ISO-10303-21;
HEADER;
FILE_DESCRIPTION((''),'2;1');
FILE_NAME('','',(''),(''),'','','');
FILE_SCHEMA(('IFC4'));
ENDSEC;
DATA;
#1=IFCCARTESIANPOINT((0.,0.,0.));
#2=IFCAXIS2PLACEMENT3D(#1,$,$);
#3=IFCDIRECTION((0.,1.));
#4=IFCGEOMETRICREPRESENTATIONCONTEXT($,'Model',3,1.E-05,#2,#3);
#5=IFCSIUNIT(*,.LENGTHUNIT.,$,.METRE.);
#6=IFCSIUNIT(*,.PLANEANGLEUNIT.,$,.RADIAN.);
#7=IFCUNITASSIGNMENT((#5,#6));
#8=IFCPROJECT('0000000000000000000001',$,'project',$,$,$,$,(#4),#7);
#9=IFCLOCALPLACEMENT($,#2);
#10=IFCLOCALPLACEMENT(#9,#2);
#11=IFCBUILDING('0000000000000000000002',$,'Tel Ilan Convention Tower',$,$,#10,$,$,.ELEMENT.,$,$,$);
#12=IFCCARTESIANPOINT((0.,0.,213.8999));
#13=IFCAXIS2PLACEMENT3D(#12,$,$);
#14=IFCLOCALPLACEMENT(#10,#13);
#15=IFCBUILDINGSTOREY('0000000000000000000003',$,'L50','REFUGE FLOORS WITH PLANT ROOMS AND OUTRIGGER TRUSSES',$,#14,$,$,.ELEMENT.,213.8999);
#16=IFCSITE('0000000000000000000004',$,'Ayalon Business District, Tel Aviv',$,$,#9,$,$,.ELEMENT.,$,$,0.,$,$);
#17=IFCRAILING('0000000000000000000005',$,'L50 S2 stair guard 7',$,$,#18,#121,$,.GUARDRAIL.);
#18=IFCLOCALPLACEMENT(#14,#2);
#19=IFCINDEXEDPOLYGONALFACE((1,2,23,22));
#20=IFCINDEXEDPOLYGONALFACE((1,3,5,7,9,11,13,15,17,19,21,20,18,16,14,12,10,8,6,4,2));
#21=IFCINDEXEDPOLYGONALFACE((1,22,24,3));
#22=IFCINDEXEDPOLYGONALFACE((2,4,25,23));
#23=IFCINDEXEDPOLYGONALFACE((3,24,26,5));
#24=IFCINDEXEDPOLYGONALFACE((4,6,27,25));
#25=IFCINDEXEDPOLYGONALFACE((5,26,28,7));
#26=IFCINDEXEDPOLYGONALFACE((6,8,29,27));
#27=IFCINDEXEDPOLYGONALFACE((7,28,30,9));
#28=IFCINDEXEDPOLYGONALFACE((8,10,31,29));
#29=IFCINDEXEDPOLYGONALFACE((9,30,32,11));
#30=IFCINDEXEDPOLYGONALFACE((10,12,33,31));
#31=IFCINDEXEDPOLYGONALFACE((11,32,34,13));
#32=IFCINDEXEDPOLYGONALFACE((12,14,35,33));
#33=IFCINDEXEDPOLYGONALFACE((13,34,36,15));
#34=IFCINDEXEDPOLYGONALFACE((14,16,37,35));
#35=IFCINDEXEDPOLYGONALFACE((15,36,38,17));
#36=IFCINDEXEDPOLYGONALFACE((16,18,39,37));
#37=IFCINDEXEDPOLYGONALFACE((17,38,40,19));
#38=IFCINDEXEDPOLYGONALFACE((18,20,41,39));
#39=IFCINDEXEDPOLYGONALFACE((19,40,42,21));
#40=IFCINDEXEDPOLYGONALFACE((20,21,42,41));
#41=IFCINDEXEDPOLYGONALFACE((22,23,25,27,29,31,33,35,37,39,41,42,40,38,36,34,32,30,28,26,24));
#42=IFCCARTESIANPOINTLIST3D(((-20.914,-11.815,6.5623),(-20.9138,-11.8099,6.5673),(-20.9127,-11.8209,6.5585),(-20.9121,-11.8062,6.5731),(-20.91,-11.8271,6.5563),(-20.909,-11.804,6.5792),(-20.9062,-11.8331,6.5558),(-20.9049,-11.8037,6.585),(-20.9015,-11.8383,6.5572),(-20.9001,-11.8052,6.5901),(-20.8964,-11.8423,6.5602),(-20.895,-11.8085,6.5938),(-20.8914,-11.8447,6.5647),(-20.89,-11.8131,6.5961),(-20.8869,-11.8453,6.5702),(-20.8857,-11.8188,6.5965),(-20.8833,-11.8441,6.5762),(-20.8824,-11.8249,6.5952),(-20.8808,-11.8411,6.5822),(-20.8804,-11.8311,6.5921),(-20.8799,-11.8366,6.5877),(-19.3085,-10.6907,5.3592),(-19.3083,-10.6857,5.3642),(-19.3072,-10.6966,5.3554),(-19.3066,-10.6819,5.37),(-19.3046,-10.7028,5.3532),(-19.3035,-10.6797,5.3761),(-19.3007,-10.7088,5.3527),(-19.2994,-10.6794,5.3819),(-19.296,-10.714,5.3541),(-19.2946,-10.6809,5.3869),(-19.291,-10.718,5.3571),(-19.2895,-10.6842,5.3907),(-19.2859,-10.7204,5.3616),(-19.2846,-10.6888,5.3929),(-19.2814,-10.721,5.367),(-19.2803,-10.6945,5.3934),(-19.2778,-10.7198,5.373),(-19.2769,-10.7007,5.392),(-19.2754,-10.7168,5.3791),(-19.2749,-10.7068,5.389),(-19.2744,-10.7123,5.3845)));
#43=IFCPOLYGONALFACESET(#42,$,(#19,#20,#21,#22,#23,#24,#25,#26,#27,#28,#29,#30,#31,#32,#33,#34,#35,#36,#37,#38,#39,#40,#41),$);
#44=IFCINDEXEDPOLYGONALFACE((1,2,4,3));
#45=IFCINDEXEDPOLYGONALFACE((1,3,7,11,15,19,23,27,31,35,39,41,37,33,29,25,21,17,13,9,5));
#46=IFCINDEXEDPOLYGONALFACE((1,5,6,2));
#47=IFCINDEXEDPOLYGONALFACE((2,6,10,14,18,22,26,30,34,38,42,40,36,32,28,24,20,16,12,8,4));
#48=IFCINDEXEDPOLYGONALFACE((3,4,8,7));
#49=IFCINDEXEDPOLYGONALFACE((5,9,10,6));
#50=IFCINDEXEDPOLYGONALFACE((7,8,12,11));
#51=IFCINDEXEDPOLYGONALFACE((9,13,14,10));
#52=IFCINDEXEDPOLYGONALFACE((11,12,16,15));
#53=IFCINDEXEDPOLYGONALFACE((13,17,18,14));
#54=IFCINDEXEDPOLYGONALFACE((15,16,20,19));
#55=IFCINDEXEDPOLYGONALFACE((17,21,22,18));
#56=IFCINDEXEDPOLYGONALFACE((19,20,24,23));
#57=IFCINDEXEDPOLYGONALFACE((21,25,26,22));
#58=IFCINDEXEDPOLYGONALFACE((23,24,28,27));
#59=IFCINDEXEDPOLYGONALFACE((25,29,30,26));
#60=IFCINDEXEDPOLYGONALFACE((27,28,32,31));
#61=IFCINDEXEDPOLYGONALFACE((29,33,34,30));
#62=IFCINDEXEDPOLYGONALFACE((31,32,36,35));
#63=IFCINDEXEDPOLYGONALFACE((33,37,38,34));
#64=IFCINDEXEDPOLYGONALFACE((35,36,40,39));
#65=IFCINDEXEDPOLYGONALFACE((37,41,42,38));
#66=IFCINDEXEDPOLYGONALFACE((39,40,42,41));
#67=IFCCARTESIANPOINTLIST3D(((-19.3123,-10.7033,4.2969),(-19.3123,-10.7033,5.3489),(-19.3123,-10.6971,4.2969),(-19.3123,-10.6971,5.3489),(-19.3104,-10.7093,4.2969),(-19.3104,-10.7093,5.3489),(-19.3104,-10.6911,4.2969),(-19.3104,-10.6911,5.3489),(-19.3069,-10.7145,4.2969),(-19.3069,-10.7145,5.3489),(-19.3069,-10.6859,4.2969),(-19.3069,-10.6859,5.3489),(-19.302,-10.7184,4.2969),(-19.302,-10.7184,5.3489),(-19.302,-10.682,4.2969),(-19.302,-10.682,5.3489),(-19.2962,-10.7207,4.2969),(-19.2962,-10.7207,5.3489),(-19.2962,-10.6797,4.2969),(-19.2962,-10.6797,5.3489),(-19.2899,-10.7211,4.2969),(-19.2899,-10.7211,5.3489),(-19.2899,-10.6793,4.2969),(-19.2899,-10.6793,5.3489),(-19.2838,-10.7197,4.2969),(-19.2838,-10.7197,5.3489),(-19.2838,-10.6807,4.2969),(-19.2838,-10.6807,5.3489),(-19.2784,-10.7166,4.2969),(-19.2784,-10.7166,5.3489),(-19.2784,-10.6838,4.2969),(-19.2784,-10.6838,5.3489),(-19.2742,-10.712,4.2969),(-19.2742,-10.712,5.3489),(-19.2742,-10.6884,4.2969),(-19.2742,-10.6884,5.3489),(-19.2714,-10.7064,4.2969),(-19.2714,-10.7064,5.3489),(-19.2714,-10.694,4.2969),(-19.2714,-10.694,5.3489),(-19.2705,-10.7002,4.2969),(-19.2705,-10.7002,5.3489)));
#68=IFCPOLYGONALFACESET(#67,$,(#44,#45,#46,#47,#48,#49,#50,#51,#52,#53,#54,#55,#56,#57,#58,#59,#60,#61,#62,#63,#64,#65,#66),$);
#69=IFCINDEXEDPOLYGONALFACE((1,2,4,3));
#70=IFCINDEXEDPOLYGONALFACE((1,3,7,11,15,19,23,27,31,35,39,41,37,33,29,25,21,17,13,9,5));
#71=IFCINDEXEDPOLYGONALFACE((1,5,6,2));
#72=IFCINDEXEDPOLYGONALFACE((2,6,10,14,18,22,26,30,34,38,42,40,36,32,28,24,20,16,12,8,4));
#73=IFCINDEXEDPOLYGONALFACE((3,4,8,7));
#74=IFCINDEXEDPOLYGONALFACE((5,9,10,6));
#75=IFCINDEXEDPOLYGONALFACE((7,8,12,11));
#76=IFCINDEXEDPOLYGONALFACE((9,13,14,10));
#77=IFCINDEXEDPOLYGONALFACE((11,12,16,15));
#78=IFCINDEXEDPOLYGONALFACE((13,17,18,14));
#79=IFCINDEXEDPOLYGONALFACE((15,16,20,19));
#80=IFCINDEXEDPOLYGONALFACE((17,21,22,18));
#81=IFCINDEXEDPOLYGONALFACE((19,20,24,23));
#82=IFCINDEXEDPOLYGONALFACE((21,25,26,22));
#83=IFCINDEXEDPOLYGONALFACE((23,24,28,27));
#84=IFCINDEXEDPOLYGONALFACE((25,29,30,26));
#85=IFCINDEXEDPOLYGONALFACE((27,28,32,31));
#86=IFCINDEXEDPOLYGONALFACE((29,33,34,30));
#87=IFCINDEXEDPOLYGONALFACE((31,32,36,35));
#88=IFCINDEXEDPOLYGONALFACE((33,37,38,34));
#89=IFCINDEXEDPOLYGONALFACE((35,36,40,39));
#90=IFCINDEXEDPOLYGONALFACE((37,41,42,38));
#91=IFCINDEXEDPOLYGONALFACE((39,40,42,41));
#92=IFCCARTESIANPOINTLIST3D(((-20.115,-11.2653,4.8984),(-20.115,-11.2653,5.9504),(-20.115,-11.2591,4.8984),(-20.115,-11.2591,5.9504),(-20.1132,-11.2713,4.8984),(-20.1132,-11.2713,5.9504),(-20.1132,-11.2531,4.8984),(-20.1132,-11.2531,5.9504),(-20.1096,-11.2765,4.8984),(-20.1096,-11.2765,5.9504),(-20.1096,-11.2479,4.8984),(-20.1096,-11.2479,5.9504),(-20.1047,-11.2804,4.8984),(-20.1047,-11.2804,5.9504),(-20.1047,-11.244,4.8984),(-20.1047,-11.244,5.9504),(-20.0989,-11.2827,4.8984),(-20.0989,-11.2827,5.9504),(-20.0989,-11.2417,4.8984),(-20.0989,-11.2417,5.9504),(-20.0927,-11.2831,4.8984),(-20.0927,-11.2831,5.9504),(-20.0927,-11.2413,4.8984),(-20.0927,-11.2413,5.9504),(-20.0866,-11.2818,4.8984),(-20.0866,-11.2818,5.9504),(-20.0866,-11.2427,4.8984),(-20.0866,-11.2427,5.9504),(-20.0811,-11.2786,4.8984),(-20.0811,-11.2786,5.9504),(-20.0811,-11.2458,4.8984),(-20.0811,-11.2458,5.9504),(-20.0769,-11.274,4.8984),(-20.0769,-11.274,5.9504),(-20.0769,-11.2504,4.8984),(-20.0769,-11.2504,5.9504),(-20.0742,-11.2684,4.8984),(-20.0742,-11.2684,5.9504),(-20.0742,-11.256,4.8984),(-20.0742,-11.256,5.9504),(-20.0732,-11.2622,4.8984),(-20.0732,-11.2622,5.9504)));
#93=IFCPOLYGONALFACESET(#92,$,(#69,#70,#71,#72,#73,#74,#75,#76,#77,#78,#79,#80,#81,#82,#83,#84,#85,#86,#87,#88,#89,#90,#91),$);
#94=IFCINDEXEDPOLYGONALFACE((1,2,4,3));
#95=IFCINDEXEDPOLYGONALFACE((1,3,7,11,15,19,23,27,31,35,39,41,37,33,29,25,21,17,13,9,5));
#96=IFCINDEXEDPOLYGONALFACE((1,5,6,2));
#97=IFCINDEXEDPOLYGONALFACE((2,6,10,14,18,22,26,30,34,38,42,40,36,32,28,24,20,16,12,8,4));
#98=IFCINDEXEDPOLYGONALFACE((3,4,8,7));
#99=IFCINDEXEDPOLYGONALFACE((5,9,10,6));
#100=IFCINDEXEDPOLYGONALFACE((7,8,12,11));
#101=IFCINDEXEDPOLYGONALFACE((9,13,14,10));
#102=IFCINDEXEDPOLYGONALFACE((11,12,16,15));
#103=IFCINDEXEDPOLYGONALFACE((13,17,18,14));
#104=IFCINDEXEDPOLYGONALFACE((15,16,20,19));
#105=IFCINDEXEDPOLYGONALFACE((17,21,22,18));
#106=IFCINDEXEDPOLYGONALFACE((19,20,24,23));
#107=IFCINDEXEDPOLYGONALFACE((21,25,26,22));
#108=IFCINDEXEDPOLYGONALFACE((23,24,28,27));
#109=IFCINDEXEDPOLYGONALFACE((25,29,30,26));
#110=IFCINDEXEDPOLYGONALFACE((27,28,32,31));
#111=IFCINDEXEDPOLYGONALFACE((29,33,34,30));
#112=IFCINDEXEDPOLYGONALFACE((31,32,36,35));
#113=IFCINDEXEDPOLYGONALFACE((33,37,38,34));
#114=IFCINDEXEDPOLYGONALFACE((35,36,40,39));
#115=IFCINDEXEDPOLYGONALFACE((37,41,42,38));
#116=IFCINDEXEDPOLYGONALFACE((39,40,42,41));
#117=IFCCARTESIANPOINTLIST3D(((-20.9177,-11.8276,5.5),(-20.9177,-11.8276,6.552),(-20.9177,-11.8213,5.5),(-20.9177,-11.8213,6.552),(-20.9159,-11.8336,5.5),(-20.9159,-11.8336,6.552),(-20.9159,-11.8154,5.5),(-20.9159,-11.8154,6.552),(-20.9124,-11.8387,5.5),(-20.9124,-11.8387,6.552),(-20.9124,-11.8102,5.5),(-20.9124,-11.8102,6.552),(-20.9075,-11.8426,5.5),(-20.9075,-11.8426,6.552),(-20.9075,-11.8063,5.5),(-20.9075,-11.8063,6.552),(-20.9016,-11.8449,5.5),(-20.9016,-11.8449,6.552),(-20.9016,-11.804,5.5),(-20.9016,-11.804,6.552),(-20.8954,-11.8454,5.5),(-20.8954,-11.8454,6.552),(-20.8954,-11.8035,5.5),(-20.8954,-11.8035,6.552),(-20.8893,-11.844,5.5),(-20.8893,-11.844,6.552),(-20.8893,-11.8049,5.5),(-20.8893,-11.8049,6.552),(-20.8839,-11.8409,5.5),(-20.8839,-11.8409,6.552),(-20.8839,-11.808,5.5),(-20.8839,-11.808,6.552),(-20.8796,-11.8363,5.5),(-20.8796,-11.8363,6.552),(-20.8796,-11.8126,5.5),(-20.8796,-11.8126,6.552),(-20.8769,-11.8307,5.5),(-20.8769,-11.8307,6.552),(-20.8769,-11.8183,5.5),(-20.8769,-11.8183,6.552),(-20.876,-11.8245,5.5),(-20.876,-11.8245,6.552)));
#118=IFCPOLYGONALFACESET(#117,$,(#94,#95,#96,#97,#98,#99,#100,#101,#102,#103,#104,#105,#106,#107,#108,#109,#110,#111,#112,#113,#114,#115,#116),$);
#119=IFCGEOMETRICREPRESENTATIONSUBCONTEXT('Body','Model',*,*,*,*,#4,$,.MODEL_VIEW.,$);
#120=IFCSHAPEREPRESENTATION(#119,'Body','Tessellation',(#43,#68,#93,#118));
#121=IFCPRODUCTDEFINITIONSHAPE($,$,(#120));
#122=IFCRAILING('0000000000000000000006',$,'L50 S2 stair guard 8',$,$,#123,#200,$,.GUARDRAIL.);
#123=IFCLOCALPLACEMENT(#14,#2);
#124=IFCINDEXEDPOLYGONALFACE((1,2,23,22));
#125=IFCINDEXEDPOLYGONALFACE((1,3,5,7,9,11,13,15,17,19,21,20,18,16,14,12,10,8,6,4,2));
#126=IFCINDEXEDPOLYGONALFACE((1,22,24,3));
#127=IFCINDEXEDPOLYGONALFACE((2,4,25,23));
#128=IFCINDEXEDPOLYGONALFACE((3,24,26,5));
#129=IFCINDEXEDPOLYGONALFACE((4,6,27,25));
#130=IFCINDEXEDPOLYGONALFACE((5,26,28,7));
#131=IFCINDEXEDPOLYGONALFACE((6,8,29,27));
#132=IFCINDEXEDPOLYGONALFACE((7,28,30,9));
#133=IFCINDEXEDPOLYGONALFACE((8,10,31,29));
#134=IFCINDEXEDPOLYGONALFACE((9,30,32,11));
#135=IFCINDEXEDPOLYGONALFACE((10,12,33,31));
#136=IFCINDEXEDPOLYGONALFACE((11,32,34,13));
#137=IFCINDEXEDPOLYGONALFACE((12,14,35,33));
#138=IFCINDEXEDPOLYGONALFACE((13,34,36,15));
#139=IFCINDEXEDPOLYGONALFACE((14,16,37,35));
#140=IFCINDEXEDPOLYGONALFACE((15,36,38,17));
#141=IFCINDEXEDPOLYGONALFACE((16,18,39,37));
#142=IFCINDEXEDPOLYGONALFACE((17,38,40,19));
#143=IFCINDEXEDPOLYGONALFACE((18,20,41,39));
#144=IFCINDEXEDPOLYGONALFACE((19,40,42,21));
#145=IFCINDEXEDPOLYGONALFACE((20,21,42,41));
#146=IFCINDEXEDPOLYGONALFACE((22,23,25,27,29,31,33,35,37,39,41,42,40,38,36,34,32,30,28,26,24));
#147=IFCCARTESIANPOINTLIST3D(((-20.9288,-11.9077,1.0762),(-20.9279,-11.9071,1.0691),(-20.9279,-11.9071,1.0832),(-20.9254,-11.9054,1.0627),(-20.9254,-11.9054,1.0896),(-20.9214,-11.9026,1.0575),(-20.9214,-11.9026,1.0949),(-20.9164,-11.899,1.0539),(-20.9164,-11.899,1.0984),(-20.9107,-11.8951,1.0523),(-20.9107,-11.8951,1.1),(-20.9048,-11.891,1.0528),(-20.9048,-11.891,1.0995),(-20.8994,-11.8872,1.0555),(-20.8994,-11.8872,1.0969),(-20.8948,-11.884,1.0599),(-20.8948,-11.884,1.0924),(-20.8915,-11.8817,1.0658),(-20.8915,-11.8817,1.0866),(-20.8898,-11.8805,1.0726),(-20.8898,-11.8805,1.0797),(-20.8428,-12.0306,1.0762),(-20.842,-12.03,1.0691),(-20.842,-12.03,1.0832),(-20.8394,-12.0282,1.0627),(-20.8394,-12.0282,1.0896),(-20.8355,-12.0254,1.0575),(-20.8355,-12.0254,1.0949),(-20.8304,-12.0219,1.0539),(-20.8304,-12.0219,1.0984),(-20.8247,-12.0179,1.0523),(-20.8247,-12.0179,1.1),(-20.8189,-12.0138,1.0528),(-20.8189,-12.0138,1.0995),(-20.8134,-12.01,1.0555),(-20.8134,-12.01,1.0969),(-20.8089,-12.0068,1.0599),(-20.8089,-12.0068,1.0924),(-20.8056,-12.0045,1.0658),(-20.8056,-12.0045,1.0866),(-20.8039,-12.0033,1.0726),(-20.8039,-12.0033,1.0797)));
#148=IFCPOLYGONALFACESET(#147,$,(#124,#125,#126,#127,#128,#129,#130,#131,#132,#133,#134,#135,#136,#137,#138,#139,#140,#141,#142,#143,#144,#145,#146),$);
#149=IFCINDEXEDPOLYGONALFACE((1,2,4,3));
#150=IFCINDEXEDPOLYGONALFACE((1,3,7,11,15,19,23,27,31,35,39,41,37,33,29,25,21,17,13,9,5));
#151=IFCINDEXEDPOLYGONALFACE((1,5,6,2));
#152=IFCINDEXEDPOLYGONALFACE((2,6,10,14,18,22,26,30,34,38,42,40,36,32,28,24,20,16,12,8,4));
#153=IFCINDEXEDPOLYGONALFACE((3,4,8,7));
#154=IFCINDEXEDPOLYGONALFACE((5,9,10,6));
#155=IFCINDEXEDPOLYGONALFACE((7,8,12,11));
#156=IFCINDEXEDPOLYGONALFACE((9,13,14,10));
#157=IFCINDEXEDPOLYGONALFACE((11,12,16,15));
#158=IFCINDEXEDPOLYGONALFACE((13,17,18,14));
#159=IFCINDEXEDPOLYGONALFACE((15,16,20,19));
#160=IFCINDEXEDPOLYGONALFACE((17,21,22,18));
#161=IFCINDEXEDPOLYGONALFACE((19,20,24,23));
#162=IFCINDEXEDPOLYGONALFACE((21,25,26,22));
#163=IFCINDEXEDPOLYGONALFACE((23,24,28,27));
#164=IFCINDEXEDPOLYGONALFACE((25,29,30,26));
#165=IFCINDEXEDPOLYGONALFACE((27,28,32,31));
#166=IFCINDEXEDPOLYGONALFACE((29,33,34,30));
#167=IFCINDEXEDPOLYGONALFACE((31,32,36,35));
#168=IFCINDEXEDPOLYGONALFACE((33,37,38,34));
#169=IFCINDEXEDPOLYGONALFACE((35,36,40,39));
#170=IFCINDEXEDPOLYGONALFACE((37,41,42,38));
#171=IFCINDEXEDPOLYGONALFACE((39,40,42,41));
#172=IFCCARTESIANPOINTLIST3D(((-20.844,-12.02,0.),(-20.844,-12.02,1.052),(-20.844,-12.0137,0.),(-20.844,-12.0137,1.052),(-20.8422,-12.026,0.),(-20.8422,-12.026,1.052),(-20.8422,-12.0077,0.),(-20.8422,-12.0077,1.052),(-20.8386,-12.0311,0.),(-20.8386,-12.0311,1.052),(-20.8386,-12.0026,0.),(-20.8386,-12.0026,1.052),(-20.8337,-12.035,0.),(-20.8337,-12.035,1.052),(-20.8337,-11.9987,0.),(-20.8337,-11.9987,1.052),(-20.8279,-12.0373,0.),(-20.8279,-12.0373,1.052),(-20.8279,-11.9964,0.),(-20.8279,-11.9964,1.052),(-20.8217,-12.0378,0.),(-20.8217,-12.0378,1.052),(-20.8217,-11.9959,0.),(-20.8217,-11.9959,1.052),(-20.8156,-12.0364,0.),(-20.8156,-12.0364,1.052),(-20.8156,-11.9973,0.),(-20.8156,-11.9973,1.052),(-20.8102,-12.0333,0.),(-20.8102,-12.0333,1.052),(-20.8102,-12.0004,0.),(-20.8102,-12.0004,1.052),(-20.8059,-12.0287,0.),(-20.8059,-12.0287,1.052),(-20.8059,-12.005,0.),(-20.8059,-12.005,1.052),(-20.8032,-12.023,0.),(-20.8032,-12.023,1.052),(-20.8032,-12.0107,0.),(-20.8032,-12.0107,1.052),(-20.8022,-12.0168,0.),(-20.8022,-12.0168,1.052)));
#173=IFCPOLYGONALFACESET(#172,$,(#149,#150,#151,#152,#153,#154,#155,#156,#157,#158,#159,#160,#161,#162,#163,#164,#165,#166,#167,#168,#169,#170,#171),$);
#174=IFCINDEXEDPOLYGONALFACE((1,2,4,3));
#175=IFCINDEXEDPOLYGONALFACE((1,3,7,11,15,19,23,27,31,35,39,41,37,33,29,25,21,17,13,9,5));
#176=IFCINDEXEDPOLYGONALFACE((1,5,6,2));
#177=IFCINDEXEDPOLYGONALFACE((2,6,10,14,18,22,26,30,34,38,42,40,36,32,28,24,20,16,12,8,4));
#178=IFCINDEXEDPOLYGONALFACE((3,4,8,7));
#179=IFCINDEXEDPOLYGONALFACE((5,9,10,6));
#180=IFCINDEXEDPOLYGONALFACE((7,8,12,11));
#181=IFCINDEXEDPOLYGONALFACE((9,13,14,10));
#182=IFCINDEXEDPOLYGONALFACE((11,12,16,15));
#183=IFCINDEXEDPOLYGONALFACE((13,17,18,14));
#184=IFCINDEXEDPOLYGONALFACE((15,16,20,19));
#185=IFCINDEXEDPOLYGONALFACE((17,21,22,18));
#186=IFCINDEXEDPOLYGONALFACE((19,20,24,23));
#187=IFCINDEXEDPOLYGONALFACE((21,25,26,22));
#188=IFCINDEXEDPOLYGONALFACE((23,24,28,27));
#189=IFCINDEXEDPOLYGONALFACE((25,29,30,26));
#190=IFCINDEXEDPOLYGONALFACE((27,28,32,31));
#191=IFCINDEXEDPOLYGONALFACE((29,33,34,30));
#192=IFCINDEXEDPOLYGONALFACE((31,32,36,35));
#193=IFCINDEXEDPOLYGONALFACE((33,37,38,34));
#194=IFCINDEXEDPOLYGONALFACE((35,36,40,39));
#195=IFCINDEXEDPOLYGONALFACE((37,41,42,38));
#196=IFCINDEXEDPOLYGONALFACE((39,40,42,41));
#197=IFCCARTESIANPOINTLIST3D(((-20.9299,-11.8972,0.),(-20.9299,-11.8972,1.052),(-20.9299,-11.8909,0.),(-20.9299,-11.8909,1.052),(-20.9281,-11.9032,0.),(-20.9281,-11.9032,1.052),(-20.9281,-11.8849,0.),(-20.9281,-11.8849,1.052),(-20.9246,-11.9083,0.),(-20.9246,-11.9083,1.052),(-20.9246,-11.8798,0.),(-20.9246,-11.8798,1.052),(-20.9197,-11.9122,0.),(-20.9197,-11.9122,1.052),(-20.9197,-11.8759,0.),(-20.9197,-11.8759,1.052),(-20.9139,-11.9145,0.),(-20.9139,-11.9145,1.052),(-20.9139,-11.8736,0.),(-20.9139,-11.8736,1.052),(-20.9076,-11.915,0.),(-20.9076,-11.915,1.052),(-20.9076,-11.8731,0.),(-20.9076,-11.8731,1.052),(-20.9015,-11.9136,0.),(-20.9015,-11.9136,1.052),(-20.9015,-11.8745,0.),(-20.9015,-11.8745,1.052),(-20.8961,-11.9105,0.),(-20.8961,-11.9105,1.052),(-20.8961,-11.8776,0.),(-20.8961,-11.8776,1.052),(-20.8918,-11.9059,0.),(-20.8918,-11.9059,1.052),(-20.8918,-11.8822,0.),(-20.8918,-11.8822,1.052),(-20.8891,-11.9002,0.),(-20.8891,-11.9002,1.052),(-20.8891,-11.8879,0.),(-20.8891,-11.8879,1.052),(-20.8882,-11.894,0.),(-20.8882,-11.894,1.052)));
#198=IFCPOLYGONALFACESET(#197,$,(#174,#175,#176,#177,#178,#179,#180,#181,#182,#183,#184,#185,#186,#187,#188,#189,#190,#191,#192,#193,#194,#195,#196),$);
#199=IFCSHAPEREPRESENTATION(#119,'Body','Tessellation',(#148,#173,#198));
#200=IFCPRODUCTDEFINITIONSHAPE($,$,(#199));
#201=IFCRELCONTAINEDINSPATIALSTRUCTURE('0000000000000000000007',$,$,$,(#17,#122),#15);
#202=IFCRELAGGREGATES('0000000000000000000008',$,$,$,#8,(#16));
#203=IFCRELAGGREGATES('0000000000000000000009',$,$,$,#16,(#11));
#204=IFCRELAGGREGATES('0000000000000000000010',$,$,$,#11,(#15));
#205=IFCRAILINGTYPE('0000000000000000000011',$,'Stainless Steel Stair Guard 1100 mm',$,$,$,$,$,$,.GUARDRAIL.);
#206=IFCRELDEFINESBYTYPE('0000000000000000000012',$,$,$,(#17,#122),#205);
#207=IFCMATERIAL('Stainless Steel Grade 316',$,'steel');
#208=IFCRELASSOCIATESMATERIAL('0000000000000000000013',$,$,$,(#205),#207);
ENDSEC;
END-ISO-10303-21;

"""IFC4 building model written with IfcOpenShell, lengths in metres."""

from ifc_helpers import new_model, si_unit, direction, frame, origin, origin_2d, place, context, subcontext, project, spatial, circle, extrude, material, type_object, element, save


model = new_model("IFC4")

# Units and contexts
model_context = context("Model", 3, precision=1e-05, world=origin(), true_north=direction((0.0, 1.0)))
body_context = subcontext(model_context, "Body", "Model", "MODEL_VIEW")
ifc_project = project(units=[si_unit("LENGTHUNIT", "METRE"), si_unit("PLANEANGLEUNIT", "RADIAN")], contexts=[model_context])

# Site, building, storey
site_placement = place(None, origin())
site = spatial("IfcSite", under=ifc_project, at=site_placement, Name="Ayalon Business District, Tel Aviv", CompositionType="ELEMENT", RefElevation=0.0)
building_placement = place(site_placement, origin())
building = spatial("IfcBuilding", under=site, at=building_placement, Name="Tel Ilan Convention Tower", CompositionType="ELEMENT")
storey_placement = place(building_placement, frame((0.0, 0.0, 213.8999)))
storey = spatial("IfcBuildingStorey", under=building, at=storey_placement, Name="L50", Description="REFUGE FLOORS WITH PLANT ROOMS AND OUTRIGGER TRUSSES", CompositionType="ELEMENT", Elevation=213.8999)

# Railings
ifc_material_1 = material(Name="Stainless Steel Grade 316", Category="steel")
railing_type_1 = type_object("IfcRailingType", Name="Stainless Steel Stair Guard 1100 mm", PredefinedType="GUARDRAIL", material=ifc_material_1)
railing_1_placement = place(storey_placement, frame((-19.2915, -10.7002, 4.2969)))
element("IfcRailing", 1, at=railing_1_placement, inside=storey, type_object=railing_type_1, Name="L50 S2 stair guard 7", PredefinedType="GUARDRAIL", context=body_context, shape_type="SweptSolid", body=[
    extrude(circle(Radius=0.0239, at=origin_2d()), frame((0.0, 0.0, 1.0762), z_axis=(-0.698095, -0.488857, 0.523146), x_axis=(0.573613, -0.819127, 0.0)), (0.0, 0.0, 1.0), 2.2998),
    extrude(circle(Radius=0.021, at=origin_2d()), origin(), (0.0, 0.0, 1.0), 1.052),
    extrude(circle(Radius=0.021, at=origin_2d()), frame((-0.8027, -0.562, 0.6016)), (0.0, 0.0, 1.0), 1.052),
    extrude(circle(Radius=0.021, at=origin_2d()), frame((-1.6055, -1.1243, 1.2031)), (0.0, 0.0, 1.0), 1.052),
])
railing_2_placement = place(storey_placement, frame((-20.8232, -12.0168, 0.0)))
element("IfcRailing", 2, at=railing_2_placement, inside=storey, type_object=railing_type_1, Name="L50 S2 stair guard 8", PredefinedType="GUARDRAIL", context=body_context, shape_type="SweptSolid", body=[
    extrude(circle(Radius=0.0239, at=origin_2d()), frame((0.0, 0.0, 1.0762), z_axis=(-0.573353, 0.819308, 0.0), x_axis=(-0.819308, -0.573353, 0.0)), (0.0, 0.0, 1.0), 0.1499),
    extrude(circle(Radius=0.021, at=origin_2d()), origin(), (0.0, 0.0, 1.0), 1.052),
    extrude(circle(Radius=0.021, at=origin_2d()), frame((-0.0859, 0.1228, 0.0)), (0.0, 0.0, 1.0), 1.052),
])

save(model, "model.ifc")
